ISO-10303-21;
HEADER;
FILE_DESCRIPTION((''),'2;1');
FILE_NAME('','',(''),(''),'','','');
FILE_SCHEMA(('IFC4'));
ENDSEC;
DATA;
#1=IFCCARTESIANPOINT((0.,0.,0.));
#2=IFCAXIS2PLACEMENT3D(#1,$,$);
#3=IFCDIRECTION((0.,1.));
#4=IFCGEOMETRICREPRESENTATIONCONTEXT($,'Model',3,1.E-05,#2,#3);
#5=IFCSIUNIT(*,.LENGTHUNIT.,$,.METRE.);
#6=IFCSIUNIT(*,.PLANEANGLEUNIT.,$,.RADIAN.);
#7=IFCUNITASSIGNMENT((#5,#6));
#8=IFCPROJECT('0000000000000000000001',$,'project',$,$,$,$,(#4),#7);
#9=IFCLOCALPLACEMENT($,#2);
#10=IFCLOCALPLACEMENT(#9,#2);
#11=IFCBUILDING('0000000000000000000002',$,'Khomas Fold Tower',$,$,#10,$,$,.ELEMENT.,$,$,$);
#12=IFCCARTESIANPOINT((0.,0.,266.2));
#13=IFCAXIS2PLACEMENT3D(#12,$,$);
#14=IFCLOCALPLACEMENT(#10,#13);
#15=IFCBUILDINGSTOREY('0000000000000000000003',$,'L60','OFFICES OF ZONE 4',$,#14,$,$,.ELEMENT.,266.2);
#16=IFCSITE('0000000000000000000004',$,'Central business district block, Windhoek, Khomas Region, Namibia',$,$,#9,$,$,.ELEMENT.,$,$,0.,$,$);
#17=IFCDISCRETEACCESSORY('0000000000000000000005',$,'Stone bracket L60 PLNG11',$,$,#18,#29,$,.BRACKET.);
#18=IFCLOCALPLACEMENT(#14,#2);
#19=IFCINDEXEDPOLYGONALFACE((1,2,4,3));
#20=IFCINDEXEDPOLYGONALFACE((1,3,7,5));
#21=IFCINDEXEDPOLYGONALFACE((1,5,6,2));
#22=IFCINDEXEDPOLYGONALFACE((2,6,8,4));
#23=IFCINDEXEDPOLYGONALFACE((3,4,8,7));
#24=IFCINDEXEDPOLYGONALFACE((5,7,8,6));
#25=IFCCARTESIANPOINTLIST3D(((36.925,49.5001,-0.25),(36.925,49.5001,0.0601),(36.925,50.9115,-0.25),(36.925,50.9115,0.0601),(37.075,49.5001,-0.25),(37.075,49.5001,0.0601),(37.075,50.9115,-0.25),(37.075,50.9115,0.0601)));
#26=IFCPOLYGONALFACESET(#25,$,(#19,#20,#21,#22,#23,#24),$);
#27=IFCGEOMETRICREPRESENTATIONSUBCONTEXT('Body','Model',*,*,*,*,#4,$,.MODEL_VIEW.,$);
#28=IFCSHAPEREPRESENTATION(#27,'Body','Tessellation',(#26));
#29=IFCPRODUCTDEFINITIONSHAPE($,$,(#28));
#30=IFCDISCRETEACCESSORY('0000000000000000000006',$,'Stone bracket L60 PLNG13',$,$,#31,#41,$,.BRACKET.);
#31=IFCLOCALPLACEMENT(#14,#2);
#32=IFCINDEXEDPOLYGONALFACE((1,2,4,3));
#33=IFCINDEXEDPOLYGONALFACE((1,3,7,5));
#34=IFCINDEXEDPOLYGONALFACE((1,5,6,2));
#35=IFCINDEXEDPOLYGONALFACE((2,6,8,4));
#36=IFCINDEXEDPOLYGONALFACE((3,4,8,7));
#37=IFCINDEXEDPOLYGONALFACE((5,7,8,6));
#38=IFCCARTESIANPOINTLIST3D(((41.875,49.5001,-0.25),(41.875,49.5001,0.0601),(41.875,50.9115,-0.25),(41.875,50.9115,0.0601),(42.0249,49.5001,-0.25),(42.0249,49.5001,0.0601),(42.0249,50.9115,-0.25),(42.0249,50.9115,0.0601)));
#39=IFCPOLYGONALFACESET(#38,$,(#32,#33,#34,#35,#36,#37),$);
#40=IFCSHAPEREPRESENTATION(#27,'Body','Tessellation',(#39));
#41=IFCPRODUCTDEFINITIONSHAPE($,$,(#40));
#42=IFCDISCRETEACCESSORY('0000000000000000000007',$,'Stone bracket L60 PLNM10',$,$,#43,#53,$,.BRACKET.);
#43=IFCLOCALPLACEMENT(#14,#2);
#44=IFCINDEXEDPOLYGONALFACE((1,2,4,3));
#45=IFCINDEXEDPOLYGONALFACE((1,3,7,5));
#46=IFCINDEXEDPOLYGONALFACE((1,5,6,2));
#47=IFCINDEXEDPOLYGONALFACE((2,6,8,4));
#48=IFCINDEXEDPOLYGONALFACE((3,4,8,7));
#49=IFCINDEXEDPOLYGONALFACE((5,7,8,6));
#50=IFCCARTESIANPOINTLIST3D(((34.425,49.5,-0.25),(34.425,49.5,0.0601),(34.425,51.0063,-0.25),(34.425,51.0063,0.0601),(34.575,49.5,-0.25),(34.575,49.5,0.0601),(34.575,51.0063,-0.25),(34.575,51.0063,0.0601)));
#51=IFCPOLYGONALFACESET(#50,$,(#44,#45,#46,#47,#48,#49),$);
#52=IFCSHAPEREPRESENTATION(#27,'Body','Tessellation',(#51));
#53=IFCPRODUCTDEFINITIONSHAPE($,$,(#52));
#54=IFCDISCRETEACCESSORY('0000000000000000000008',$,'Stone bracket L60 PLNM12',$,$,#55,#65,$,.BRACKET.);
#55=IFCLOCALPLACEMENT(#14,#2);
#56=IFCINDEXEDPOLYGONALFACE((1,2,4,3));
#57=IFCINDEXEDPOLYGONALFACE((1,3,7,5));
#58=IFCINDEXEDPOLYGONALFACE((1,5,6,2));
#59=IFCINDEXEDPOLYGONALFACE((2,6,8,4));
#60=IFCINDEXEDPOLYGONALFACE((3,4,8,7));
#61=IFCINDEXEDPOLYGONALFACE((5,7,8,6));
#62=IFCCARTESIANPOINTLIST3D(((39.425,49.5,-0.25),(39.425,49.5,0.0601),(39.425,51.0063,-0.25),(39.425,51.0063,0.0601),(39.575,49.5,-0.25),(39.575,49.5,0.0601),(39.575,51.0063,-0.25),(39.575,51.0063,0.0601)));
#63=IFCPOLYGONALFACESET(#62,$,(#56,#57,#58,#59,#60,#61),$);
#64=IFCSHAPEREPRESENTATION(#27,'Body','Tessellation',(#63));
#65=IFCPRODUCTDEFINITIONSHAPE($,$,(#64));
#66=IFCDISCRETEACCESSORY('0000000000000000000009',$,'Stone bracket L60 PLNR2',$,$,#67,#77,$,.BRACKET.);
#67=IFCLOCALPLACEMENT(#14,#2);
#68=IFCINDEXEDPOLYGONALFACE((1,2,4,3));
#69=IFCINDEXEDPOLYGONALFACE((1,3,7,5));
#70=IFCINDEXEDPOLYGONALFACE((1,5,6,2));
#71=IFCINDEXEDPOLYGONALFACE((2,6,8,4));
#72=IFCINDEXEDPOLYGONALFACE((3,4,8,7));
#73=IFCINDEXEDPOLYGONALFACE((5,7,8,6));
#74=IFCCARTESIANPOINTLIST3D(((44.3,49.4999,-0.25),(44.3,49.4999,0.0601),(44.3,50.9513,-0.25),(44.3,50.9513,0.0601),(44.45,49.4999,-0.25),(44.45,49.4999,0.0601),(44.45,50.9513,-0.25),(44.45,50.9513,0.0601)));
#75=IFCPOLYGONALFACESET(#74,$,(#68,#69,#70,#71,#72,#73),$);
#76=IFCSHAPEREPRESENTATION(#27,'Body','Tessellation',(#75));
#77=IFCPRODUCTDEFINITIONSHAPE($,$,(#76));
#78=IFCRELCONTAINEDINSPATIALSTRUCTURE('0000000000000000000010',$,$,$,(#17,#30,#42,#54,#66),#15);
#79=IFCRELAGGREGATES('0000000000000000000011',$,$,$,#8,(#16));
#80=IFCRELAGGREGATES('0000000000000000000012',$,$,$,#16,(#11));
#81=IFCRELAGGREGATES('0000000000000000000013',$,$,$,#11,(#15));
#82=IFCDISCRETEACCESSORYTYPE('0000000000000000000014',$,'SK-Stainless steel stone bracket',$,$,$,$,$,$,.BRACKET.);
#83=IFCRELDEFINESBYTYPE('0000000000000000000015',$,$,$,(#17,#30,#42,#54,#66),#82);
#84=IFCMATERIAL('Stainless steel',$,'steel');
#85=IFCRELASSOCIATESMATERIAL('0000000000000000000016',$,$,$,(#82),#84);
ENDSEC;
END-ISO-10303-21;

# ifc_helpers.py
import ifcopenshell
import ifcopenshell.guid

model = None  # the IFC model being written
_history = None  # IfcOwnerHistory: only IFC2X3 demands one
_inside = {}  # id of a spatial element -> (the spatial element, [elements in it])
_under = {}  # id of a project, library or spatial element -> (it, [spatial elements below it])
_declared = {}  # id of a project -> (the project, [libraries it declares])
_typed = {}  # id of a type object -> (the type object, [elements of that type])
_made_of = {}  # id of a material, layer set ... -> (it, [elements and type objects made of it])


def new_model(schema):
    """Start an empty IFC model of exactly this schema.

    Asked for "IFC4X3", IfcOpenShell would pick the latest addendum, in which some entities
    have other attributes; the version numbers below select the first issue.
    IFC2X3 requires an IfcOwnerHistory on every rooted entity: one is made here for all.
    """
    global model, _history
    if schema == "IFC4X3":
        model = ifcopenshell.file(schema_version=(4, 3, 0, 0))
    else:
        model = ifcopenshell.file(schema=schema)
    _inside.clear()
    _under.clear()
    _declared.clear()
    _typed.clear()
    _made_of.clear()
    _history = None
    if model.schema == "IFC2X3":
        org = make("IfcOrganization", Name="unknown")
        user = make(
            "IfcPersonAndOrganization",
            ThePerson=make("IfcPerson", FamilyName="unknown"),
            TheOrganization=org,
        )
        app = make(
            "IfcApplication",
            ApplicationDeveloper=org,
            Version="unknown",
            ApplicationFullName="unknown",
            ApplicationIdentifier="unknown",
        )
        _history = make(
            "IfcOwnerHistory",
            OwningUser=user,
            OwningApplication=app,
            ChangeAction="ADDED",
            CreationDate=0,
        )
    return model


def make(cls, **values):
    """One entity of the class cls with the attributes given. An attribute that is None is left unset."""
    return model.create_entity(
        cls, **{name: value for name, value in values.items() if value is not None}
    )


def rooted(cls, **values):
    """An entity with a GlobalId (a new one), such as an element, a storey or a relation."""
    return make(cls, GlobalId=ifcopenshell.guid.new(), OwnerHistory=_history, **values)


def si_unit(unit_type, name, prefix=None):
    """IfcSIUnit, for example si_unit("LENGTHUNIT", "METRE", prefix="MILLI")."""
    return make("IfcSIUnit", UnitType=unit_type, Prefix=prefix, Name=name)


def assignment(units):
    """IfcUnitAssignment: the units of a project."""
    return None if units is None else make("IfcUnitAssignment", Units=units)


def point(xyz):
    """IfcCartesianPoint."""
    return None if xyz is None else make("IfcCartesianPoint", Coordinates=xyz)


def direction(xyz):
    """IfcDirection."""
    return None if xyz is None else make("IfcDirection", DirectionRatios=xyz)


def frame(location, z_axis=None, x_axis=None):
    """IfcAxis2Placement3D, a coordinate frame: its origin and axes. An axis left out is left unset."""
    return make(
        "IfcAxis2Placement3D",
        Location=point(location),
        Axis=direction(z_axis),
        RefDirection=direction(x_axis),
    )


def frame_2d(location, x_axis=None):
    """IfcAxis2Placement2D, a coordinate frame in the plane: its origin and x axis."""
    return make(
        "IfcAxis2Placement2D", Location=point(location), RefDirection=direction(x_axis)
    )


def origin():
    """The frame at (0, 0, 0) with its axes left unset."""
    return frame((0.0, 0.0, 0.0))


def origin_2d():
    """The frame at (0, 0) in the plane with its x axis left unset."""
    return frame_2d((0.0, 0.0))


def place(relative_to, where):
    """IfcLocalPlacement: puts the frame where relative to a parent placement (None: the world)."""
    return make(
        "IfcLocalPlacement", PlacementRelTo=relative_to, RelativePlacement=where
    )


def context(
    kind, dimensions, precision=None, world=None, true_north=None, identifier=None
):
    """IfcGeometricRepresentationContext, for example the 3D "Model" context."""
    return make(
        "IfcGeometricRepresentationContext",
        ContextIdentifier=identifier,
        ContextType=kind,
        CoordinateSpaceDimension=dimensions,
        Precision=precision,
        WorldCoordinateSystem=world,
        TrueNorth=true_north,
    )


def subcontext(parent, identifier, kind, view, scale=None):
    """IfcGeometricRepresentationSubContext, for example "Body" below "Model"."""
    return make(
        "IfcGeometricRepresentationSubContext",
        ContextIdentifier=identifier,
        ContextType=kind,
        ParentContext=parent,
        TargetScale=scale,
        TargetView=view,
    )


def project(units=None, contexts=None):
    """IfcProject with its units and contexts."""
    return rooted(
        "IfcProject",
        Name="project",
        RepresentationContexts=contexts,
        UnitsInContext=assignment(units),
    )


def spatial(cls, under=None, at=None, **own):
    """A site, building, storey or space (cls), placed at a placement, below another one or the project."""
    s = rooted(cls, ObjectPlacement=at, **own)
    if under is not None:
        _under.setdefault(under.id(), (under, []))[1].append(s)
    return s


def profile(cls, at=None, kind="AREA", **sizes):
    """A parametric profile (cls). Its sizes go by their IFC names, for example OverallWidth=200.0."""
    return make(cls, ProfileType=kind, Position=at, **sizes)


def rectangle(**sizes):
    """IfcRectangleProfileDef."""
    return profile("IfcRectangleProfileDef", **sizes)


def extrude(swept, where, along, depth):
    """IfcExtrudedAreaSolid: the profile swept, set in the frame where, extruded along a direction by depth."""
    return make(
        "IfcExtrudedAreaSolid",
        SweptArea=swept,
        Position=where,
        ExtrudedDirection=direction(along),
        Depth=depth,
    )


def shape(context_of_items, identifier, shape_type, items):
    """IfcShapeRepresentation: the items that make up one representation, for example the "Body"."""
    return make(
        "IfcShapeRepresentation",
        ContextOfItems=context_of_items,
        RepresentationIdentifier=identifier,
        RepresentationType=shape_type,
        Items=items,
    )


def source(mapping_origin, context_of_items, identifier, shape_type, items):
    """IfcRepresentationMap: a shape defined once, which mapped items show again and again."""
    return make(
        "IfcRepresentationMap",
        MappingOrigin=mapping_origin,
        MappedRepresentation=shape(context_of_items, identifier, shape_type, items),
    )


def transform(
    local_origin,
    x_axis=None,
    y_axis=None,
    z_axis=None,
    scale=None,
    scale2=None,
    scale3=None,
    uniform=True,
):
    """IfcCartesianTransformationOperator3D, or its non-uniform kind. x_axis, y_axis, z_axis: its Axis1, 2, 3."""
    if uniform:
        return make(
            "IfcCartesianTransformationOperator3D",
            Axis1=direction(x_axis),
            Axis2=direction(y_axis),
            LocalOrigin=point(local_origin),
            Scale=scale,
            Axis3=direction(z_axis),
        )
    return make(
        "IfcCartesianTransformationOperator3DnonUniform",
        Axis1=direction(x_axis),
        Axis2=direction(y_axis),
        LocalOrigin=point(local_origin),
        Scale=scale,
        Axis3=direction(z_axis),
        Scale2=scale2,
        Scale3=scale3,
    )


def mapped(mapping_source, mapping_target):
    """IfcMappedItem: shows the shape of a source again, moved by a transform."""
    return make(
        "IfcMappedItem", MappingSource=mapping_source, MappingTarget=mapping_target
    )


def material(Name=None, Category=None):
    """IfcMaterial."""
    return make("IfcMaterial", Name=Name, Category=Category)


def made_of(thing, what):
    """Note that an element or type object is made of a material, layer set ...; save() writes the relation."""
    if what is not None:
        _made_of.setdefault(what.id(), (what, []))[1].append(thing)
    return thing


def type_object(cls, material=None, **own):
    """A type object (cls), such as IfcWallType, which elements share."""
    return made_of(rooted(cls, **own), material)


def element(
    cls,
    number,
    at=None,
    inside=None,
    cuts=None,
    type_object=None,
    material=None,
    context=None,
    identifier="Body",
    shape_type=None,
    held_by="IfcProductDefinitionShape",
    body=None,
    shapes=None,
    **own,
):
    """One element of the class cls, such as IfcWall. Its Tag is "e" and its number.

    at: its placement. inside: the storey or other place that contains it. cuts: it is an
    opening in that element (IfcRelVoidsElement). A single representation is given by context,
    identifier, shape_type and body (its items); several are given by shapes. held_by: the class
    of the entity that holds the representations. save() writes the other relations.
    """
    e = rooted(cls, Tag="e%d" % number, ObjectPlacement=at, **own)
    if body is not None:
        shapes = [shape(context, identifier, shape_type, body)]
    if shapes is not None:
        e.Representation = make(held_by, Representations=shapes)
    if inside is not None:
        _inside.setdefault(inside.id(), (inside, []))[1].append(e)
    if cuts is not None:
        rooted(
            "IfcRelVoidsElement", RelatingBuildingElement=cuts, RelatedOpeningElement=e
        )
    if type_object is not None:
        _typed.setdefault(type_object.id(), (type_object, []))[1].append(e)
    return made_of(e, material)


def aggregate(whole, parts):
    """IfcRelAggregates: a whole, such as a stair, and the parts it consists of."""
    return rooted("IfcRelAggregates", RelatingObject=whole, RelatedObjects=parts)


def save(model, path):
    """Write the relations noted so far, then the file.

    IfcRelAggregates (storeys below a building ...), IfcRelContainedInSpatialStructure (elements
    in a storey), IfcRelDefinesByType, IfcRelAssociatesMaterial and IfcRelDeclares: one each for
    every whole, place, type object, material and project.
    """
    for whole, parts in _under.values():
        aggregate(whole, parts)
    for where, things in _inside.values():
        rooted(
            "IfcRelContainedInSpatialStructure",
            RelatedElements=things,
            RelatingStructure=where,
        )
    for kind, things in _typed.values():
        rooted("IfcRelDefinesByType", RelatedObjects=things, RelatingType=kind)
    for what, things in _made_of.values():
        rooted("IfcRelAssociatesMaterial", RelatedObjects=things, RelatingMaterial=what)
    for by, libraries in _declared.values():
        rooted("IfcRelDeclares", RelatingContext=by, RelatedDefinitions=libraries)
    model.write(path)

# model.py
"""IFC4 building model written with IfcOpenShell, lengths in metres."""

from ifc_helpers import new_model, si_unit, direction, frame, origin, origin_2d, place, context, subcontext, project, spatial, rectangle, extrude, source, transform, mapped, material, type_object, element, save


model = new_model("IFC4")

# Units and contexts
model_context = context("Model", 3, precision=1e-05, world=origin(), true_north=direction((0.0, 1.0)))
body_context = subcontext(model_context, "Body", "Model", "MODEL_VIEW")
ifc_project = project(units=[si_unit("LENGTHUNIT", "METRE"), si_unit("PLANEANGLEUNIT", "RADIAN")], contexts=[model_context])

# Site, building, storey
site_placement = place(None, origin())
site = spatial("IfcSite", under=ifc_project, at=site_placement, Name="Central business district block, Windhoek, Khomas Region, Namibia", CompositionType="ELEMENT", RefElevation=0.0)
building_placement = place(site_placement, origin())
building = spatial("IfcBuilding", under=site, at=building_placement, Name="Khomas Fold Tower", CompositionType="ELEMENT")
storey_placement = place(building_placement, frame((0.0, 0.0, 266.2)))
storey = spatial("IfcBuildingStorey", under=building, at=storey_placement, Name="L60", Description="OFFICES OF ZONE 4", CompositionType="ELEMENT", Elevation=266.2)

# Discrete accessories
ifc_material_1 = material(Name="Stainless steel", Category="steel")
discrete_accessory_type = type_object("IfcDiscreteAccessoryType", Name="SK-Stainless steel stone bracket", PredefinedType="BRACKET", material=ifc_material_1)
shared_shape_1 = source(origin(), body_context, "Body", "SweptSolid", [
    extrude(rectangle(XDim=1.4114, YDim=0.1499, at=origin_2d()), origin(), (0.0, 0.0, 1.0), 0.3101),
])
for number, where, z_axis, x_axis, name in (
    (1, (37.0, 50.2058, -0.25), (0.0, 0.0, 1.0), (0.0, 1.0, 0.0), "Stone bracket L60 PLNG11"),
    (2, (41.95, 50.2058, -0.25), (0.0, 0.0, 1.0), (0.0, 1.0, 0.0), "Stone bracket L60 PLNG13"),
):
    element("IfcDiscreteAccessory", number, at=place(storey_placement, frame(where, z_axis=z_axis, x_axis=x_axis)), inside=storey, type_object=discrete_accessory_type, Name=name, PredefinedType="BRACKET", context=body_context, shape_type="MappedRepresentation", body=[
        mapped(shared_shape_1, transform((0.0, 0.0, 0.0))),
    ])
shared_shape_2 = source(origin(), body_context, "Body", "SweptSolid", [
    extrude(rectangle(XDim=1.5063, YDim=0.1499, at=origin_2d()), origin(), (0.0, 0.0, 1.0), 0.3101),
])
for number, where, z_axis, x_axis, name in (
    (3, (34.5, 50.2532, -0.25), (0.0, 0.0, 1.0), (0.0, 1.0, 0.0), "Stone bracket L60 PLNM10"),
    (4, (39.5, 50.2532, -0.25), (0.0, 0.0, 1.0), (0.0, 1.0, 0.0), "Stone bracket L60 PLNM12"),
):
    element("IfcDiscreteAccessory", number, at=place(storey_placement, frame(where, z_axis=z_axis, x_axis=x_axis)), inside=storey, type_object=discrete_accessory_type, Name=name, PredefinedType="BRACKET", context=body_context, shape_type="MappedRepresentation", body=[
        mapped(shared_shape_2, transform((0.0, 0.0, 0.0))),
    ])
shared_shape_3 = source(origin(), body_context, "Body", "SweptSolid", [
    extrude(rectangle(XDim=1.4514, YDim=0.1499, at=origin_2d()), origin(), (0.0, 0.0, 1.0), 0.3101),
])
discrete_accessory_placement = place(storey_placement, frame((44.375, 50.2256, -0.25), z_axis=(0.0, 0.0, 1.0), x_axis=(0.0, 1.0, 0.0)))
element("IfcDiscreteAccessory", 5, at=discrete_accessory_placement, inside=storey, type_object=discrete_accessory_type, Name="Stone bracket L60 PLNR2", PredefinedType="BRACKET", context=body_context, shape_type="MappedRepresentation", body=[
    mapped(shared_shape_3, transform((0.0, 0.0, 0.0))),
])

save(model, "model.ifc")
